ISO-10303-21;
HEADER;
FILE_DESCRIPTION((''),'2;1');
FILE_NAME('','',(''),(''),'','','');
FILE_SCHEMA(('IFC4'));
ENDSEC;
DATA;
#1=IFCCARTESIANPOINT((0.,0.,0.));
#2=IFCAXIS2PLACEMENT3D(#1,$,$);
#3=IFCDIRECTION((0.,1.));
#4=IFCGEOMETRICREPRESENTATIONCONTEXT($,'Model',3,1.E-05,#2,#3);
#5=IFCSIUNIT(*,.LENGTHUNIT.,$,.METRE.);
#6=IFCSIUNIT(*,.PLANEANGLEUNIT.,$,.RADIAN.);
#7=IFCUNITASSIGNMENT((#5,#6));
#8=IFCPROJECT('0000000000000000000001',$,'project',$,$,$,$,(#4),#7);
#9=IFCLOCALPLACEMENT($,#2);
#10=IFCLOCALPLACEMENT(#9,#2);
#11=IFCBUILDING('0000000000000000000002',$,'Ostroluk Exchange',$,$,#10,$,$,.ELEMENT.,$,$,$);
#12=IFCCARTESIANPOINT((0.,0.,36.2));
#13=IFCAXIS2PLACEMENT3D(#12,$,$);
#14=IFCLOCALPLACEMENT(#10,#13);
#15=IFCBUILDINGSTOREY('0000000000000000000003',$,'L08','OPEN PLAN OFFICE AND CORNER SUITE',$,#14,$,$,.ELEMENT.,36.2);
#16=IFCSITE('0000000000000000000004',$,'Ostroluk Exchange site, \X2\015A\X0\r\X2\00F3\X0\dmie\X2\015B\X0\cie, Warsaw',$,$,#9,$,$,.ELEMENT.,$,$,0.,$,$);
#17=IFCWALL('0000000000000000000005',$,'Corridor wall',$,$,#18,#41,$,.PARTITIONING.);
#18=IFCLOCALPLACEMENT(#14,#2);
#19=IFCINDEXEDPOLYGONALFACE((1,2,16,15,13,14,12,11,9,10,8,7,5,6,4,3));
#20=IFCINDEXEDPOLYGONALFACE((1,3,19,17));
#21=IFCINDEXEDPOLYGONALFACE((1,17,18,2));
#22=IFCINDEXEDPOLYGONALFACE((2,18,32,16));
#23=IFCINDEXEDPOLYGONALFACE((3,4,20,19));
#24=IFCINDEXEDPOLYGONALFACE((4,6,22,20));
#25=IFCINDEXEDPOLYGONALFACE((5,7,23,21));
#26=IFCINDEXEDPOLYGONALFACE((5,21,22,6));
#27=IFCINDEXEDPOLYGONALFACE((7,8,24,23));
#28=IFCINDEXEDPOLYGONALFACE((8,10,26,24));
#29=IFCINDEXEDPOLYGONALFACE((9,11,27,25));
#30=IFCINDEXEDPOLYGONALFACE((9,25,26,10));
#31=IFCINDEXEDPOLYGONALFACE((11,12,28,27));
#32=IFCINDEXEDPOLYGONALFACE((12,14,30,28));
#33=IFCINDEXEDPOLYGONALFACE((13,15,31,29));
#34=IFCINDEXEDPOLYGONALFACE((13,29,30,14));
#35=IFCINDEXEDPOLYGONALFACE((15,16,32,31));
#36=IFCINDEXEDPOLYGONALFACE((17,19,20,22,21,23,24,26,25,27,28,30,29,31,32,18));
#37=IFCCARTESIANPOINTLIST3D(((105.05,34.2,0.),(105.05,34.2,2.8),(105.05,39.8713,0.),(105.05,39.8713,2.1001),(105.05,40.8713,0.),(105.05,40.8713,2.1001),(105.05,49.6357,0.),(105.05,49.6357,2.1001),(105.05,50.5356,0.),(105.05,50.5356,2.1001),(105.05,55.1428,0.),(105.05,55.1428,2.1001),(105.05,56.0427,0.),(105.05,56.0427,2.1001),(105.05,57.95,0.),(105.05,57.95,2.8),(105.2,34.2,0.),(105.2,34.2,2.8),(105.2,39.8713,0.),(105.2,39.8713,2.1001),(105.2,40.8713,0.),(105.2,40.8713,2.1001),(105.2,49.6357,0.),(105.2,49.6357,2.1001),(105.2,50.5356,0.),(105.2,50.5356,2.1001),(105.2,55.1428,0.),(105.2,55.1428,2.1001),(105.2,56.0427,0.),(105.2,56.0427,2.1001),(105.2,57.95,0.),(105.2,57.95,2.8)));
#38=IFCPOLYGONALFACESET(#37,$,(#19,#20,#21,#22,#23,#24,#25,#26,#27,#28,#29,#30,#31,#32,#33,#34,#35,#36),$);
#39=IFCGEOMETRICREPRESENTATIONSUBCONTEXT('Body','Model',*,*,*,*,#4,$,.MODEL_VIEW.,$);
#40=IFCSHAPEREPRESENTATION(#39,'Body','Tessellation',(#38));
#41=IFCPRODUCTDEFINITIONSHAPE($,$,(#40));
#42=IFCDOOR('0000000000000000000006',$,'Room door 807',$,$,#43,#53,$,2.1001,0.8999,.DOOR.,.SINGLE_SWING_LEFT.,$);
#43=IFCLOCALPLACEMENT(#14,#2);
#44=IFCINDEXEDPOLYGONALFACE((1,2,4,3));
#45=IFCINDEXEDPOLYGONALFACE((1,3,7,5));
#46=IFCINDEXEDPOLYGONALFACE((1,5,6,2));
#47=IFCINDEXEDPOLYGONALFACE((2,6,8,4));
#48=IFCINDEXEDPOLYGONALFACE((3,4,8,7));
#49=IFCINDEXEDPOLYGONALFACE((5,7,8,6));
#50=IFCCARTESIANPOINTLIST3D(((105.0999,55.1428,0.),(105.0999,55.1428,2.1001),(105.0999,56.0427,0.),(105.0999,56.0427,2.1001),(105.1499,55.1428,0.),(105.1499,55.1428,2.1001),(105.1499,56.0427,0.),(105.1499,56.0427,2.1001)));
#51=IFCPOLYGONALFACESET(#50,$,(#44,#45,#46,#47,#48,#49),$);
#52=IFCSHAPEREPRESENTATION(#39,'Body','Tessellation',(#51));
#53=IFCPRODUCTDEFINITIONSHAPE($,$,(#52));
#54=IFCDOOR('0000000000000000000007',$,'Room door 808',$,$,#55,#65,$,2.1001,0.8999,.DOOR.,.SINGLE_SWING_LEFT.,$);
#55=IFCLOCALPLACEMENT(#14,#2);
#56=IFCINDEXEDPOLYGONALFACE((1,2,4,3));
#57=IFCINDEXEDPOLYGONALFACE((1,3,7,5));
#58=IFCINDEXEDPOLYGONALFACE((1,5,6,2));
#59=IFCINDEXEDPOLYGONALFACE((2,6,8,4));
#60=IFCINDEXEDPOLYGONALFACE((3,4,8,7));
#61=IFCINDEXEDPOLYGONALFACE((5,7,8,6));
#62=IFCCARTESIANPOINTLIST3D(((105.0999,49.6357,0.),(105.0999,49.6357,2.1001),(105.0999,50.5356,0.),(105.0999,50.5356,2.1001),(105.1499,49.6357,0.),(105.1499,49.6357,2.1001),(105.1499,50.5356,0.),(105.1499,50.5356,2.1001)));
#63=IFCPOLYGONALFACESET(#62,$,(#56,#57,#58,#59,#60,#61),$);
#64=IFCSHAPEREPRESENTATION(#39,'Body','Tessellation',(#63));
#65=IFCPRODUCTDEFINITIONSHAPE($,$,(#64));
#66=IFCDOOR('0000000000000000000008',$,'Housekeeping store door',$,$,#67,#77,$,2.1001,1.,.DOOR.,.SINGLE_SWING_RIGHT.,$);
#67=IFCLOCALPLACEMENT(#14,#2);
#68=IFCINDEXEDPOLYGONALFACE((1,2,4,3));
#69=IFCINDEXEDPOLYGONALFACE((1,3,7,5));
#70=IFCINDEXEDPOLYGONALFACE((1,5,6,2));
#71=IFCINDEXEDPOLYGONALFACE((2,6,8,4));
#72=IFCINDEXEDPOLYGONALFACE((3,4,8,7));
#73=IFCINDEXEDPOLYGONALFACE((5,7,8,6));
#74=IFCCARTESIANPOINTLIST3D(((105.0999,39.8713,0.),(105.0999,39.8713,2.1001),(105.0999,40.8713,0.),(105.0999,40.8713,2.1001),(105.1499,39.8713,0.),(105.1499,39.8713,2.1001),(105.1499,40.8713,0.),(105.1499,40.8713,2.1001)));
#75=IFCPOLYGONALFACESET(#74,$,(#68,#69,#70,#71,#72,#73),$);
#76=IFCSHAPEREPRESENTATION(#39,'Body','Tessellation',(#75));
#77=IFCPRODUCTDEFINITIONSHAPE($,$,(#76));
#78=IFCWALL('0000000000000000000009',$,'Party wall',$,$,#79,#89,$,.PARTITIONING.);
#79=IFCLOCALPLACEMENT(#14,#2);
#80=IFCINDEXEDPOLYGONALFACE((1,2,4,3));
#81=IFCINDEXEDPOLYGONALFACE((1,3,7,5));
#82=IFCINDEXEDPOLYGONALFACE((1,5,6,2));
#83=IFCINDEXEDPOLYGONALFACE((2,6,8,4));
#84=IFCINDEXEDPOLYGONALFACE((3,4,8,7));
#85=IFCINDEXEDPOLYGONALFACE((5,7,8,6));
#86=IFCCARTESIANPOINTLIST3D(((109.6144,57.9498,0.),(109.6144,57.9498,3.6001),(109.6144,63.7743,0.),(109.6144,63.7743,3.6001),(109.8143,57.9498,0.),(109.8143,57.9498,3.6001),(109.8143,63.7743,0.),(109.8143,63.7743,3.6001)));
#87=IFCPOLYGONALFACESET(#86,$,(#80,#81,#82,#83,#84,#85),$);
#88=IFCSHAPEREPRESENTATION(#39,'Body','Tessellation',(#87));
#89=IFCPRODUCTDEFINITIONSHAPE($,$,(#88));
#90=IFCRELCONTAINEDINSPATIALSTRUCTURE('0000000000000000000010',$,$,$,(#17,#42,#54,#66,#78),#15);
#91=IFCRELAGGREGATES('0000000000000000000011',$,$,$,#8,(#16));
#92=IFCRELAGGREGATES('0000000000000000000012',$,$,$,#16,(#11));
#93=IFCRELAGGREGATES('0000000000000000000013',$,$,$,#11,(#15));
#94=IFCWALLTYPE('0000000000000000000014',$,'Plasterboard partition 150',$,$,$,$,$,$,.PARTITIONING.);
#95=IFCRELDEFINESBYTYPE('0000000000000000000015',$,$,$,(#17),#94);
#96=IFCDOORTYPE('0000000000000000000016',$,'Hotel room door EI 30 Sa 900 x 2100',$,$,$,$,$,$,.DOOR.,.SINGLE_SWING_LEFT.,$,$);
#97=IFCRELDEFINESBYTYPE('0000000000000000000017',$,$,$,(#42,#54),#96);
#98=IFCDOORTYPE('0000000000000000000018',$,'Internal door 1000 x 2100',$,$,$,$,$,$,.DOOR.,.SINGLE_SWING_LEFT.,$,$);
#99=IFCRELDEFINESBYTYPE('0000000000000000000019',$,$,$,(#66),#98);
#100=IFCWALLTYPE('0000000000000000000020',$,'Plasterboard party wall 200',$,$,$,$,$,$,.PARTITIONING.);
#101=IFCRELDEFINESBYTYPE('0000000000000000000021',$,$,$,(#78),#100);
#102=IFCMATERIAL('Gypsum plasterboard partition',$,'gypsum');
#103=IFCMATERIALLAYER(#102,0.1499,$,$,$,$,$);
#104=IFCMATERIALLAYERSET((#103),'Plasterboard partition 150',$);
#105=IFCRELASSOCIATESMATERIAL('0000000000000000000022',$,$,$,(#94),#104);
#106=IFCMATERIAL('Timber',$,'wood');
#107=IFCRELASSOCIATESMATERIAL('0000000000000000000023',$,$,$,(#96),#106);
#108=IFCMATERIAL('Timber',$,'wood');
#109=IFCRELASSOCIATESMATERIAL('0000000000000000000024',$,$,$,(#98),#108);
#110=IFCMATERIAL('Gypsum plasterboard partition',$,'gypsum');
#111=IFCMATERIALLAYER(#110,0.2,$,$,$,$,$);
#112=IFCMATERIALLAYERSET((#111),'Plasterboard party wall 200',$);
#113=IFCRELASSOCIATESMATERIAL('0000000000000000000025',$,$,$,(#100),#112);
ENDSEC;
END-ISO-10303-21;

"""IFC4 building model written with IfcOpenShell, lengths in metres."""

from ifc_helpers import new_model, si_unit, direction, frame, frame_2d, origin, place, context, subcontext, project, spatial, rectangle, extrude, material, layer, layer_set, type_object, element, fill, save


model = new_model("IFC4")

# Units and contexts
model_context = context("Model", 3, precision=1e-05, world=origin(), true_north=direction((0.0, 1.0)))
body_context = subcontext(model_context, "Body", "Model", "MODEL_VIEW")
ifc_project = project(units=[si_unit("LENGTHUNIT", "METRE"), si_unit("PLANEANGLEUNIT", "RADIAN")], contexts=[model_context])

# Site, building, storey
site_placement = place(None, origin())
site = spatial("IfcSite", under=ifc_project, at=site_placement, Name="Ostroluk Exchange site, Śródmieście, Warsaw", CompositionType="ELEMENT", RefElevation=0.0)
building_placement = place(site_placement, origin())
building = spatial("IfcBuilding", under=site, at=building_placement, Name="Ostroluk Exchange", CompositionType="ELEMENT")
storey_placement = place(building_placement, frame((0.0, 0.0, 36.2)))
storey = spatial("IfcBuildingStorey", under=building, at=storey_placement, Name="L08", Description="OPEN PLAN OFFICE AND CORNER SUITE", CompositionType="ELEMENT", Elevation=36.2)

# Wall, openings, doors
ifc_material_1 = material(Name="Gypsum plasterboard partition", Category="gypsum")
ifc_layer_1 = layer(ifc_material_1, 0.1499)
ifc_layer_set_1 = layer_set([ifc_layer_1], Name="Plasterboard partition 150")
wall_type_1 = type_object("IfcWallType", Name="Plasterboard partition 150", PredefinedType="PARTITIONING", material=ifc_layer_set_1)
wall_1_placement = place(storey_placement, frame((105.125, 57.95, 0.0), z_axis=(0.0, 0.0, 1.0), x_axis=(0.0, -1.0, 0.0)))
wall_1 = element("IfcWall", 1, at=wall_1_placement, inside=storey, type_object=wall_type_1, Name="Corridor wall", PredefinedType="PARTITIONING", context=body_context, shape_type="SweptSolid", body=[
    extrude(rectangle(XDim=23.75, YDim=0.1499, at=frame_2d((11.875, 0.0))), origin(), (0.0, 0.0, 1.0), 2.8),
])
opening_1_placement = place(wall_1_placement, frame((1.9072, 0.0, 0.0)))
opening_1 = element("IfcOpeningElement", 2, at=opening_1_placement, cuts=wall_1, PredefinedType="OPENING", context=body_context, shape_type="SweptSolid", body=[
    extrude(rectangle(XDim=0.8999, YDim=2.1001, at=frame_2d((0.45, 1.05))), frame((0.0, 0.085, 0.0), z_axis=(0.0, -1.0, 0.0), x_axis=(1.0, 0.0, 0.0)), (0.0, 0.0, 1.0), 0.1699),
])
opening_2_placement = place(wall_1_placement, frame((7.4143, 0.0, 0.0)))
opening_2 = element("IfcOpeningElement", 3, at=opening_2_placement, cuts=wall_1, PredefinedType="OPENING", context=body_context, shape_type="SweptSolid", body=[
    extrude(rectangle(XDim=0.8999, YDim=2.1001, at=frame_2d((0.45, 1.05))), frame((0.0, 0.085, 0.0), z_axis=(0.0, -1.0, 0.0), x_axis=(1.0, 0.0, 0.0)), (0.0, 0.0, 1.0), 0.1699),
])
opening_3_placement = place(wall_1_placement, frame((17.0786, 0.0, 0.0)))
opening_3 = element("IfcOpeningElement", 4, at=opening_3_placement, cuts=wall_1, PredefinedType="OPENING", context=body_context, shape_type="SweptSolid", body=[
    extrude(rectangle(XDim=1.0, YDim=2.1001, at=frame_2d((0.5, 1.05))), frame((0.0, 0.085, 0.0), z_axis=(0.0, -1.0, 0.0), x_axis=(1.0, 0.0, 0.0)), (0.0, 0.0, 1.0), 0.1699),
])
ifc_material_2 = material(Name="Timber", Category="wood")
door_type_1 = type_object("IfcDoorType", Name="Hotel room door EI 30 Sa 900 x 2100", OperationType="SINGLE_SWING_LEFT", PredefinedType="DOOR", material=ifc_material_2)
door_1_placement = place(opening_1_placement, origin())
door_1 = element("IfcDoor", 5, at=door_1_placement, inside=storey, type_object=door_type_1, Name="Room door 807", OperationType="SINGLE_SWING_LEFT", OverallHeight=2.1001, OverallWidth=0.8999, PredefinedType="DOOR", context=body_context, shape_type="SweptSolid", body=[
    extrude(rectangle(XDim=0.8999, YDim=2.1001, at=frame_2d((0.45, 1.05))), frame((0.0, 0.0249, 0.0), z_axis=(0.0, -1.0, 0.0), x_axis=(1.0, 0.0, 0.0)), (0.0, 0.0, 1.0), 0.05),
])
fill(opening_1, door_1)
door_2_placement = place(opening_2_placement, origin())
door_2 = element("IfcDoor", 6, at=door_2_placement, inside=storey, type_object=door_type_1, Name="Room door 808", OperationType="SINGLE_SWING_LEFT", OverallHeight=2.1001, OverallWidth=0.8999, PredefinedType="DOOR", context=body_context, shape_type="SweptSolid", body=[
    extrude(rectangle(XDim=0.8999, YDim=2.1001, at=frame_2d((0.45, 1.05))), frame((0.0, 0.0249, 0.0), z_axis=(0.0, -1.0, 0.0), x_axis=(1.0, 0.0, 0.0)), (0.0, 0.0, 1.0), 0.05),
])
fill(opening_2, door_2)
ifc_material_3 = material(Name="Timber", Category="wood")
door_type_2 = type_object("IfcDoorType", Name="Internal door 1000 x 2100", OperationType="SINGLE_SWING_LEFT", PredefinedType="DOOR", material=ifc_material_3)
door_3_placement = place(opening_3_placement, origin())
door_3 = element("IfcDoor", 7, at=door_3_placement, inside=storey, type_object=door_type_2, Name="Housekeeping store door", OperationType="SINGLE_SWING_RIGHT", OverallHeight=2.1001, OverallWidth=1.0, PredefinedType="DOOR", context=body_context, shape_type="SweptSolid", body=[
    extrude(rectangle(XDim=1.0, YDim=2.1001, at=frame_2d((0.5, 1.05))), frame((0.0, 0.0249, 0.0), z_axis=(0.0, -1.0, 0.0), x_axis=(1.0, 0.0, 0.0)), (0.0, 0.0, 1.0), 0.05),
])
fill(opening_3, door_3)

# Wall
ifc_material_4 = material(Name="Gypsum plasterboard partition", Category="gypsum")
ifc_layer_2 = layer(ifc_material_4, 0.2)
ifc_layer_set_2 = layer_set([ifc_layer_2], Name="Plasterboard party wall 200")
wall_type_2 = type_object("IfcWallType", Name="Plasterboard party wall 200", PredefinedType="PARTITIONING", material=ifc_layer_set_2)
wall_2_placement = place(storey_placement, frame((109.7144, 57.95, 0.0), z_axis=(0.0, 0.0, 1.0), x_axis=(0.0, 1.0, 0.0)))
element("IfcWall", 8, at=wall_2_placement, inside=storey, type_object=wall_type_2, Name="Party wall", PredefinedType="PARTITIONING", context=body_context, shape_type="SweptSolid", body=[
    extrude(rectangle(XDim=5.8245, YDim=0.2, at=frame_2d((2.9121, 0.0))), origin(), (0.0, 0.0, 1.0), 3.6001),
])

save(model, "model.ifc")
